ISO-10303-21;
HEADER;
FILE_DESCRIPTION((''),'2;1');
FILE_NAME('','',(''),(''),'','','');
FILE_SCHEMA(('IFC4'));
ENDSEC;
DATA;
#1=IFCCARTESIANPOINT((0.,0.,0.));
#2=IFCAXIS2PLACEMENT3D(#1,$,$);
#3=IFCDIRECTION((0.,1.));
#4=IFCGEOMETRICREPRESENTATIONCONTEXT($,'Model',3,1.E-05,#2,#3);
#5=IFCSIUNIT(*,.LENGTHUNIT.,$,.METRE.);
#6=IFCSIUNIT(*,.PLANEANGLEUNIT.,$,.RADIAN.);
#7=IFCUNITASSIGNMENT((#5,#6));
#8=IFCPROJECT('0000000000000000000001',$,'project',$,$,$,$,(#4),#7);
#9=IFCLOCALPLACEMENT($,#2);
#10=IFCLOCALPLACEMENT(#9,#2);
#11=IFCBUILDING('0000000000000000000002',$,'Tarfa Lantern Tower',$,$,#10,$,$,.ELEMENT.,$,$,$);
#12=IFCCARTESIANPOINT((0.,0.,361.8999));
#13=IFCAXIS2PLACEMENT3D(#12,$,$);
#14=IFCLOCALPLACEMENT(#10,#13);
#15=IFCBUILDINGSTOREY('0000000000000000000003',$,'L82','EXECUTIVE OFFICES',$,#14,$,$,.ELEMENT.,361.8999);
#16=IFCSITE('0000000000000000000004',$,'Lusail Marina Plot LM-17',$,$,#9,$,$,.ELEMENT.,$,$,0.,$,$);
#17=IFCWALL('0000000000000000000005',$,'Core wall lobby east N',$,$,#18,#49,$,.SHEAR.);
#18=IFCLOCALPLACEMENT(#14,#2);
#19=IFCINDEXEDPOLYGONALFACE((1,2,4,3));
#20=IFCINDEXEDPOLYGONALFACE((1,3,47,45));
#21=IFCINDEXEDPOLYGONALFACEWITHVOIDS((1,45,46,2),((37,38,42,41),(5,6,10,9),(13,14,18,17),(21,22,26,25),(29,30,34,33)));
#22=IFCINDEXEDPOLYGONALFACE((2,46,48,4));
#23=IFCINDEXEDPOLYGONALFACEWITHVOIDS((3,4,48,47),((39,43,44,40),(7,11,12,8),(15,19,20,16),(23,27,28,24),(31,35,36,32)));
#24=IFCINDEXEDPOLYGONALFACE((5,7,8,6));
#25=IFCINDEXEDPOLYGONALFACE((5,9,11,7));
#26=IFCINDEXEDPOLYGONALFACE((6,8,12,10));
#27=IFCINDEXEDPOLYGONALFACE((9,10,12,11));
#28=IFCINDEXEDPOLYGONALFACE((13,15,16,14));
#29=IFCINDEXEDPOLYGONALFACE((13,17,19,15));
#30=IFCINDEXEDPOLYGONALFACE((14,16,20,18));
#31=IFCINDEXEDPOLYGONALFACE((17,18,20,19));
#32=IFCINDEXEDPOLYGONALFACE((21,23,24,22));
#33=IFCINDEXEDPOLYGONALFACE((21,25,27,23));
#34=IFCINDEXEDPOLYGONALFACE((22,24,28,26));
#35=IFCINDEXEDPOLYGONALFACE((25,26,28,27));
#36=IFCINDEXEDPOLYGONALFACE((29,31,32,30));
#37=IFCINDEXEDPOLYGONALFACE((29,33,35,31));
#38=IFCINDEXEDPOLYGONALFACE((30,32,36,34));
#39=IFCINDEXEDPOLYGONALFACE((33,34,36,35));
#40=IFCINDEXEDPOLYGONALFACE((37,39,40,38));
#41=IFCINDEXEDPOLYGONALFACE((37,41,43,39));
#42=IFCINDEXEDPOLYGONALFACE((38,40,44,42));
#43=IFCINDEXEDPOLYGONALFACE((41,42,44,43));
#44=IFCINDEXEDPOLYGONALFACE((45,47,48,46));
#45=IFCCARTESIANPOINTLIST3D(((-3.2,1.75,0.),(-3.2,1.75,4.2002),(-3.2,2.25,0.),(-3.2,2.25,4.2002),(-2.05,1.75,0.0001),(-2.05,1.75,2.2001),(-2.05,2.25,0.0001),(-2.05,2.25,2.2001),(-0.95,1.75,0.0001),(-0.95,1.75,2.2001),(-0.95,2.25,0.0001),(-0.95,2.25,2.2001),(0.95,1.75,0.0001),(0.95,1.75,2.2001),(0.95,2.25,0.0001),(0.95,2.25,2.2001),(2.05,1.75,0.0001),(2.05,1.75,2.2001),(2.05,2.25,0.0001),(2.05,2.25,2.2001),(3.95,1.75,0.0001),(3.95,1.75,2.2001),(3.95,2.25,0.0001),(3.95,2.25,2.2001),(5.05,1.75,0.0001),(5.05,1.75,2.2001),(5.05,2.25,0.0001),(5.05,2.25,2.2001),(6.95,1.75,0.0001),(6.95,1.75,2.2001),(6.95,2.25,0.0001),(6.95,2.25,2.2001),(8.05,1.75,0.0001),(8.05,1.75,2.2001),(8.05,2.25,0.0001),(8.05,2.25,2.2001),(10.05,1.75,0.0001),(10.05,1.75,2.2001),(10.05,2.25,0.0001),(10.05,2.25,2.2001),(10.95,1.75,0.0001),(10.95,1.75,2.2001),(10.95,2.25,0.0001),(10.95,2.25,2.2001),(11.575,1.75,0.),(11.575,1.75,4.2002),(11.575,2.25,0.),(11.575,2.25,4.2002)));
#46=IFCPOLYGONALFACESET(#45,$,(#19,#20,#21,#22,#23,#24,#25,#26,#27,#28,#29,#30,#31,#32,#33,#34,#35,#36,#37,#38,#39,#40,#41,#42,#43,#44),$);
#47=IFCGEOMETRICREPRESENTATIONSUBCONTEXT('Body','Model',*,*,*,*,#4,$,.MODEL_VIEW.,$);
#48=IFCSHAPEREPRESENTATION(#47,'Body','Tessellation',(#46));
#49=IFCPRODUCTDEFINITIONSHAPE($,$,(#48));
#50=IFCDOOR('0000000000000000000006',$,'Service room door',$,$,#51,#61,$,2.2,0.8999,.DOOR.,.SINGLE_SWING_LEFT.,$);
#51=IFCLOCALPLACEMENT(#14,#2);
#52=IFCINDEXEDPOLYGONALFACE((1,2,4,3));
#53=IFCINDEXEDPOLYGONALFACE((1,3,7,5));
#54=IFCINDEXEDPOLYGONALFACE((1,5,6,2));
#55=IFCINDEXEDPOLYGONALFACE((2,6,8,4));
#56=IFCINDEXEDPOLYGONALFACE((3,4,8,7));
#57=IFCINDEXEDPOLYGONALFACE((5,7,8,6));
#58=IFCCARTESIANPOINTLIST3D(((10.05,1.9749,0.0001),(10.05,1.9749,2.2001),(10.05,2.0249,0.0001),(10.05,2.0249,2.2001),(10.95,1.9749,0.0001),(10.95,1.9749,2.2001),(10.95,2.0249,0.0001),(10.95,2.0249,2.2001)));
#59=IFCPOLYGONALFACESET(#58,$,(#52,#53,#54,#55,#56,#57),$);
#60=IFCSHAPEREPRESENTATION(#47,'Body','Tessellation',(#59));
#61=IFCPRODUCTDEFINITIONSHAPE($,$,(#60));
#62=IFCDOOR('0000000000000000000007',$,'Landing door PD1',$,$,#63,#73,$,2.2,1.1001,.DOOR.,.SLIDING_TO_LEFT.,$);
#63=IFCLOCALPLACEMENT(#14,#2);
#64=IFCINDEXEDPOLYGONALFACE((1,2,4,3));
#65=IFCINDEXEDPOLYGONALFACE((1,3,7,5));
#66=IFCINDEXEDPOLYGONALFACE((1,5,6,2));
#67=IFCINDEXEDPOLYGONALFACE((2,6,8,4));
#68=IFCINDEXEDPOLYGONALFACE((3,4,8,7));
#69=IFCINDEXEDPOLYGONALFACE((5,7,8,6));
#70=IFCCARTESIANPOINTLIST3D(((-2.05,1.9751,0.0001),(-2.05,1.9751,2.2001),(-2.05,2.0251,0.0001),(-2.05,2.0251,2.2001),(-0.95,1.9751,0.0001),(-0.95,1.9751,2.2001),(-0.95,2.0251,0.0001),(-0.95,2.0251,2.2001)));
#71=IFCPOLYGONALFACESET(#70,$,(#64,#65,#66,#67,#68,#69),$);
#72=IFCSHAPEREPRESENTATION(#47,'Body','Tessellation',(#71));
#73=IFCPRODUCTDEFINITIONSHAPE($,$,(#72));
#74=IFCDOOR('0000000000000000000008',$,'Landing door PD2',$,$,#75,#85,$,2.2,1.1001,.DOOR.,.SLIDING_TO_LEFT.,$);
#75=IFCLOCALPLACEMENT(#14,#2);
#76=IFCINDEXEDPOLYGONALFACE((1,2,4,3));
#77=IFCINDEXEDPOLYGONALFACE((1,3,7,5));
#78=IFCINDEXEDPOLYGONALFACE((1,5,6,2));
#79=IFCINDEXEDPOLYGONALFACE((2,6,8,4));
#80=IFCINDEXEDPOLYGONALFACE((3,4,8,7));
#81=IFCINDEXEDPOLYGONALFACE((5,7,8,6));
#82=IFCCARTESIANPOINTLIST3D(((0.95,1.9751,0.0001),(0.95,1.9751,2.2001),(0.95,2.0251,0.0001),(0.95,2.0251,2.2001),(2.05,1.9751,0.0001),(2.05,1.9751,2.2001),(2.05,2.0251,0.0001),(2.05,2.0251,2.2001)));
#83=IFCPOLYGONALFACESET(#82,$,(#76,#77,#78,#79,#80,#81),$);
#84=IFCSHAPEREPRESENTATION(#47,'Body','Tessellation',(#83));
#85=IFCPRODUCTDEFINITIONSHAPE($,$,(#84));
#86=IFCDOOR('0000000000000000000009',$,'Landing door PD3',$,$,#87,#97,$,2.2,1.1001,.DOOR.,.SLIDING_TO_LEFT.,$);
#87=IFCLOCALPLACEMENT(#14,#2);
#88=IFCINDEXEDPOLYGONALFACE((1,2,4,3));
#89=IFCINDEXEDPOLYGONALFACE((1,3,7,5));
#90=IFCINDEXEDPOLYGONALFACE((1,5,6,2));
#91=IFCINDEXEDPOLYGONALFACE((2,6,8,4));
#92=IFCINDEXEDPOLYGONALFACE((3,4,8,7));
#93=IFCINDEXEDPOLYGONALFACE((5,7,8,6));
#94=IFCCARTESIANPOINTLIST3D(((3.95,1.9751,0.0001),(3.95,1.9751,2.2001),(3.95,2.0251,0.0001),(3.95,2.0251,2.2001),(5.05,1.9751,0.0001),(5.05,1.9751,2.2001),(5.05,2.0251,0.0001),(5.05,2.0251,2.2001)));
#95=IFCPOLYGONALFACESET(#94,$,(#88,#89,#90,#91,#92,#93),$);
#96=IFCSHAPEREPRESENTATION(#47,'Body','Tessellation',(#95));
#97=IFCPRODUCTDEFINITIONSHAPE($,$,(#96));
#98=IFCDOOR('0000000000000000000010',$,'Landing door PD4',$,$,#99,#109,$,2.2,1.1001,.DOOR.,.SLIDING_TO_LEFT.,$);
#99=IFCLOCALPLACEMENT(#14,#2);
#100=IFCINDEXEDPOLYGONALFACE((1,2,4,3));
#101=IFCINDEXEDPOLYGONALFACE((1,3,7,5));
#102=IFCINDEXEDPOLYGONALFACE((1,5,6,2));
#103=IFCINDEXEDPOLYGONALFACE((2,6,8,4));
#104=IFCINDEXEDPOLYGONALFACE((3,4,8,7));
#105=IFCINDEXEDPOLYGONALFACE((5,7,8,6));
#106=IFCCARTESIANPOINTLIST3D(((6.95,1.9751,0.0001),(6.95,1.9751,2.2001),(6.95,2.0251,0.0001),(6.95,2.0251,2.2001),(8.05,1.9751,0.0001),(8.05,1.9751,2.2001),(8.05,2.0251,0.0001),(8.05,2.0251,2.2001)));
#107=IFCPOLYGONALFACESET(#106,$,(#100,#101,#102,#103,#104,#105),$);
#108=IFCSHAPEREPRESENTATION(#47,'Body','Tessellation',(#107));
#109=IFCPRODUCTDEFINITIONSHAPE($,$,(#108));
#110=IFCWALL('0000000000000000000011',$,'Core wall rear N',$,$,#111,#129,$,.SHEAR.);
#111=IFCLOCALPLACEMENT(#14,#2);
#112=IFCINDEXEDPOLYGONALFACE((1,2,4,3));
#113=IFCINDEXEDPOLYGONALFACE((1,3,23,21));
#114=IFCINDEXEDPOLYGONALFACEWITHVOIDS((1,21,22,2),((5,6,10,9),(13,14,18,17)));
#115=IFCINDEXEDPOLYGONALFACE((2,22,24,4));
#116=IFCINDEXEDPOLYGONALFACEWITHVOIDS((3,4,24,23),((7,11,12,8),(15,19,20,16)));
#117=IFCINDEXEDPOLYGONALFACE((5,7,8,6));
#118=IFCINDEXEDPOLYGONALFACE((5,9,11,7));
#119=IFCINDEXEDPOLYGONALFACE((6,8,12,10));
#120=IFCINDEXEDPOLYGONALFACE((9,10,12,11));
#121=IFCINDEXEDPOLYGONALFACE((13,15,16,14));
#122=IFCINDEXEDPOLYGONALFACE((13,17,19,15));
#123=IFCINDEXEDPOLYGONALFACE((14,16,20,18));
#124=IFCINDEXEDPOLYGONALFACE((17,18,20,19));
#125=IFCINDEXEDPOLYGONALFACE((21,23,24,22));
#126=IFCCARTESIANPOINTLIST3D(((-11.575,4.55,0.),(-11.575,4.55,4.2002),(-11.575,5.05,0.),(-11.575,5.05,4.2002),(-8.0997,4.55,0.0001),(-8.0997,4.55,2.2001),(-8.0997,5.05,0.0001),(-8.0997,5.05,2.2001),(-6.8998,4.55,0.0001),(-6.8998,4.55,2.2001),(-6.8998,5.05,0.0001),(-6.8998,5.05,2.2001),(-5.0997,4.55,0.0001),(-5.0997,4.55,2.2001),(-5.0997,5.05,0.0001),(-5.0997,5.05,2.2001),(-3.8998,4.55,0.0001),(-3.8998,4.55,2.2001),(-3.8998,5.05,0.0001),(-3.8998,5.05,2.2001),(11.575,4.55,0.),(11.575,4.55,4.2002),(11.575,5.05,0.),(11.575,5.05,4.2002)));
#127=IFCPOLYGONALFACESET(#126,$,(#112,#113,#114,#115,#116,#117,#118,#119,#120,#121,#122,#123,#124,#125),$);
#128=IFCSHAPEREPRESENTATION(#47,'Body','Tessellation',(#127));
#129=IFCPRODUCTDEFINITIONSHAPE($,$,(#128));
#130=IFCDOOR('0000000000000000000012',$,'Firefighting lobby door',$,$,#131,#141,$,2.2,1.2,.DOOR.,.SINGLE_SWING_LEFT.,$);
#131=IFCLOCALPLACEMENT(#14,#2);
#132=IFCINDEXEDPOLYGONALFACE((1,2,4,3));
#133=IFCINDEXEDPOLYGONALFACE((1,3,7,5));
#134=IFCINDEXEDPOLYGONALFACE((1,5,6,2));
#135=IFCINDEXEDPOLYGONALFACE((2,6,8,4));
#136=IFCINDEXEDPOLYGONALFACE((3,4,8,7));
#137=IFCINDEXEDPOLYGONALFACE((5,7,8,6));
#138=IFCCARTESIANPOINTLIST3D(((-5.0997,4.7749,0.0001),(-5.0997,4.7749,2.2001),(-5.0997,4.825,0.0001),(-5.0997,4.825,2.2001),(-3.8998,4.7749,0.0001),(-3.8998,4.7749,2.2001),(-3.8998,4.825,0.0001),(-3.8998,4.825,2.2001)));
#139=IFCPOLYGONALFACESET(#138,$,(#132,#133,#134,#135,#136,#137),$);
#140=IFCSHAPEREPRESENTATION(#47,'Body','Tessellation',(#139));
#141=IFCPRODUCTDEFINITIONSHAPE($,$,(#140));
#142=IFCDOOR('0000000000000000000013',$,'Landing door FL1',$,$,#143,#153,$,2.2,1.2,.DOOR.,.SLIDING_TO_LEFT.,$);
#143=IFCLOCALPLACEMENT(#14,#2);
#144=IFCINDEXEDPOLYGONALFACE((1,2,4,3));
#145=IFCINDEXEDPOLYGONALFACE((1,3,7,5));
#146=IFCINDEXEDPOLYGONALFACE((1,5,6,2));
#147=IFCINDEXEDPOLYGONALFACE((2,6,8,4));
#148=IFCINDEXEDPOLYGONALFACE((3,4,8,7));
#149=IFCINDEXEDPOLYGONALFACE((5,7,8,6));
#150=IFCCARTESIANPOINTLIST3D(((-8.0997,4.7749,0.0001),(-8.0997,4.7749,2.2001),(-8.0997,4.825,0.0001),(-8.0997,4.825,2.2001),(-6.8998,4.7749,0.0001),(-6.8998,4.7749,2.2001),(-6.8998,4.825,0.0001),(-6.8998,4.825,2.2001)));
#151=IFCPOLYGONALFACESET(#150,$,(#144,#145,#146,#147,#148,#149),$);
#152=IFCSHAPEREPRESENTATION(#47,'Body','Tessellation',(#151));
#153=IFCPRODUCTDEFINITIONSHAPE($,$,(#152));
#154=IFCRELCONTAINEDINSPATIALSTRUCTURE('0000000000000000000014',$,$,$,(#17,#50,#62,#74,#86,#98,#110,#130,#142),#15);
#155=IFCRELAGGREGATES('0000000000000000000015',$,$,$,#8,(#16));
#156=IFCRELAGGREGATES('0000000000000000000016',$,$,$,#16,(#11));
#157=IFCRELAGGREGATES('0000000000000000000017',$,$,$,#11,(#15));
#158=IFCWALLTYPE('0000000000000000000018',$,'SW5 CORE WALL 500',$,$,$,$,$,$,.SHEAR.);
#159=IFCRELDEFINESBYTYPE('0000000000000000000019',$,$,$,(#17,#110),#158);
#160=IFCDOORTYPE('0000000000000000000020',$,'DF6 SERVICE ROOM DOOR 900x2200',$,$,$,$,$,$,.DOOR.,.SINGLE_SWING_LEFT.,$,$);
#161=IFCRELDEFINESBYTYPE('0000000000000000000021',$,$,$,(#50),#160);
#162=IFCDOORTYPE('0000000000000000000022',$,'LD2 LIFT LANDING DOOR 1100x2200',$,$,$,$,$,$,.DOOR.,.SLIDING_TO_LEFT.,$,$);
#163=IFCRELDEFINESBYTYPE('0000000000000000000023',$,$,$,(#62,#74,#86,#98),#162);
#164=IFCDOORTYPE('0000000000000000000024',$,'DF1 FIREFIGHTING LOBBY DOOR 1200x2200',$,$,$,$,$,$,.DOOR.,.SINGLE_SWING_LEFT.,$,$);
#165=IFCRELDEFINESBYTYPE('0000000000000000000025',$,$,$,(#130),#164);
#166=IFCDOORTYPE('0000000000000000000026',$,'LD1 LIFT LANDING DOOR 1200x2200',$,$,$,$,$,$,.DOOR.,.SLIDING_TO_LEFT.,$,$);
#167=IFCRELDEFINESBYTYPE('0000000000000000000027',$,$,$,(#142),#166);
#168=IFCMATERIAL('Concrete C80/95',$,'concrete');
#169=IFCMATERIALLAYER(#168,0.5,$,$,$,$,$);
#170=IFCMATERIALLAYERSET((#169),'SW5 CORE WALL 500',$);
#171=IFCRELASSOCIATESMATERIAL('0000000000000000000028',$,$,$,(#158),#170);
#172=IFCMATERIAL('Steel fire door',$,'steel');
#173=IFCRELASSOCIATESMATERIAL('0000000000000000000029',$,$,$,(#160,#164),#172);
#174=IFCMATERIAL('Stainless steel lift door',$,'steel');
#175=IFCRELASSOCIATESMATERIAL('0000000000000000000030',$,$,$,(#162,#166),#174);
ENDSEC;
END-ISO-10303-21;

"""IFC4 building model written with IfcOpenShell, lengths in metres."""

from ifc_helpers import new_model, si_unit, direction, frame, frame_2d, origin, place, context, subcontext, project, spatial, rectangle, extrude, material, layer, layer_set, type_object, element, fill, save


model = new_model("IFC4")

# Units and contexts
model_context = context("Model", 3, precision=1e-05, world=origin(), true_north=direction((0.0, 1.0)))
body_context = subcontext(model_context, "Body", "Model", "MODEL_VIEW")
ifc_project = project(units=[si_unit("LENGTHUNIT", "METRE"), si_unit("PLANEANGLEUNIT", "RADIAN")], contexts=[model_context])

# Site, building, storey
site_placement = place(None, origin())
site = spatial("IfcSite", under=ifc_project, at=site_placement, Name="Lusail Marina Plot LM-17", CompositionType="ELEMENT", RefElevation=0.0)
building_placement = place(site_placement, origin())
building = spatial("IfcBuilding", under=site, at=building_placement, Name="Tarfa Lantern Tower", CompositionType="ELEMENT")
storey_placement = place(building_placement, frame((0.0, 0.0, 361.8999)))
storey = spatial("IfcBuildingStorey", under=building, at=storey_placement, Name="L82", Description="EXECUTIVE OFFICES", CompositionType="ELEMENT", Elevation=361.8999)

# Shared definitions
ifc_material_1 = material(Name="Concrete C80/95", Category="concrete")

# Shared definitions
ifc_material_2 = material(Name="Steel fire door", Category="steel")
ifc_layer_1 = layer(ifc_material_1, 0.5)
ifc_layer_set_1 = layer_set([ifc_layer_1], Name="SW5 CORE WALL 500")
wall_type_1 = type_object("IfcWallType", Name="SW5 CORE WALL 500", PredefinedType="SHEAR", material=ifc_layer_set_1)
door_type_1 = type_object("IfcDoorType", Name="DF6 SERVICE ROOM DOOR 900x2200", OperationType="SINGLE_SWING_LEFT", PredefinedType="DOOR", material=ifc_material_2)

# Walls, openings, doors
wall_1_placement = place(storey_placement, frame((-3.2, 2.0, 0.0), z_axis=(0.0, 0.0, 1.0), x_axis=(1.0, 0.0, 0.0)))
wall_1 = element("IfcWall", 1, at=wall_1_placement, inside=storey, type_object=wall_type_1, Name="Core wall lobby east N", PredefinedType="SHEAR", context=body_context, shape_type="SweptSolid", body=[
    extrude(rectangle(XDim=14.7749, YDim=0.5, at=frame_2d((7.3875, 0.0))), origin(), (0.0, 0.0, 1.0), 4.2002),
])
opening_1_placement = place(wall_1_placement, frame((13.25, 0.0, 0.0)))
opening_1 = element("IfcOpeningElement", 2, at=opening_1_placement, cuts=wall_1, PredefinedType="OPENING", context=body_context, shape_type="SweptSolid", body=[
    extrude(rectangle(XDim=0.8999, YDim=2.2, at=frame_2d((0.45, 1.1001))), frame((0.0, 0.26, 0.0), z_axis=(0.0, -1.0, 0.0), x_axis=(1.0, 0.0, 0.0)), (0.0, 0.0, 1.0), 0.52),
])
opening_2_placement = place(wall_1_placement, frame((1.1499, 0.0, 0.0)))
opening_2 = element("IfcOpeningElement", 3, at=opening_2_placement, cuts=wall_1, PredefinedType="OPENING", context=body_context, shape_type="SweptSolid", body=[
    extrude(rectangle(XDim=1.1001, YDim=2.2, at=frame_2d((0.55, 1.1001))), frame((0.0, 0.26, 0.0), z_axis=(0.0, -1.0, 0.0), x_axis=(1.0, 0.0, 0.0)), (0.0, 0.0, 1.0), 0.52),
])
opening_3_placement = place(wall_1_placement, frame((4.1499, 0.0, 0.0)))
opening_3 = element("IfcOpeningElement", 4, at=opening_3_placement, cuts=wall_1, PredefinedType="OPENING", context=body_context, shape_type="SweptSolid", body=[
    extrude(rectangle(XDim=1.1001, YDim=2.2, at=frame_2d((0.55, 1.1001))), frame((0.0, 0.26, 0.0), z_axis=(0.0, -1.0, 0.0), x_axis=(1.0, 0.0, 0.0)), (0.0, 0.0, 1.0), 0.52),
])
opening_4_placement = place(wall_1_placement, frame((7.1499, 0.0, 0.0)))
opening_4 = element("IfcOpeningElement", 5, at=opening_4_placement, cuts=wall_1, PredefinedType="OPENING", context=body_context, shape_type="SweptSolid", body=[
    extrude(rectangle(XDim=1.1001, YDim=2.2, at=frame_2d((0.55, 1.1001))), frame((0.0, 0.26, 0.0), z_axis=(0.0, -1.0, 0.0), x_axis=(1.0, 0.0, 0.0)), (0.0, 0.0, 1.0), 0.52),
])
opening_5_placement = place(wall_1_placement, frame((10.1499, 0.0, 0.0)))
opening_5 = element("IfcOpeningElement", 6, at=opening_5_placement, cuts=wall_1, PredefinedType="OPENING", context=body_context, shape_type="SweptSolid", body=[
    extrude(rectangle(XDim=1.1001, YDim=2.2, at=frame_2d((0.55, 1.1001))), frame((0.0, 0.26, 0.0), z_axis=(0.0, -1.0, 0.0), x_axis=(1.0, 0.0, 0.0)), (0.0, 0.0, 1.0), 0.52),
])
door_1_placement = place(opening_1_placement, origin())
door_1 = element("IfcDoor", 7, at=door_1_placement, inside=storey, type_object=door_type_1, Name="Service room door", OperationType="SINGLE_SWING_LEFT", OverallHeight=2.2, OverallWidth=0.8999, PredefinedType="DOOR", context=body_context, shape_type="SweptSolid", body=[
    extrude(rectangle(XDim=0.8999, YDim=2.2, at=frame_2d((0.45, 1.1001))), frame((0.0, 0.0249, 0.0), z_axis=(0.0, -1.0, 0.0), x_axis=(1.0, 0.0, 0.0)), (0.0, 0.0, 1.0), 0.05),
])
fill(opening_1, door_1)
ifc_material_3 = material(Name="Stainless steel lift door", Category="steel")
door_type_2 = type_object("IfcDoorType", Name="LD2 LIFT LANDING DOOR 1100x2200", OperationType="SLIDING_TO_LEFT", PredefinedType="DOOR", material=ifc_material_3)
door_2_placement = place(opening_2_placement, frame((1.1001, 0.0, 0.0), z_axis=(0.0, 0.0, 1.0), x_axis=(-1.0, 0.0, 0.0)))
door_2 = element("IfcDoor", 8, at=door_2_placement, inside=storey, type_object=door_type_2, Name="Landing door PD1", OperationType="SLIDING_TO_LEFT", OverallHeight=2.2, OverallWidth=1.1001, PredefinedType="DOOR", context=body_context, shape_type="SweptSolid", body=[
    extrude(rectangle(XDim=1.1001, YDim=2.2, at=frame_2d((0.55, 1.1001))), frame((0.0, 0.0249, 0.0), z_axis=(0.0, -1.0, 0.0), x_axis=(1.0, 0.0, 0.0)), (0.0, 0.0, 1.0), 0.05),
])
fill(opening_2, door_2)
door_3_placement = place(opening_3_placement, frame((1.1001, 0.0, 0.0), z_axis=(0.0, 0.0, 1.0), x_axis=(-1.0, 0.0, 0.0)))
door_3 = element("IfcDoor", 9, at=door_3_placement, inside=storey, type_object=door_type_2, Name="Landing door PD2", OperationType="SLIDING_TO_LEFT", OverallHeight=2.2, OverallWidth=1.1001, PredefinedType="DOOR", context=body_context, shape_type="SweptSolid", body=[
    extrude(rectangle(XDim=1.1001, YDim=2.2, at=frame_2d((0.55, 1.1001))), frame((0.0, 0.0249, 0.0), z_axis=(0.0, -1.0, 0.0), x_axis=(1.0, 0.0, 0.0)), (0.0, 0.0, 1.0), 0.05),
])
fill(opening_3, door_3)
door_4_placement = place(opening_4_placement, frame((1.1001, 0.0, 0.0), z_axis=(0.0, 0.0, 1.0), x_axis=(-1.0, 0.0, 0.0)))
door_4 = element("IfcDoor", 10, at=door_4_placement, inside=storey, type_object=door_type_2, Name="Landing door PD3", OperationType="SLIDING_TO_LEFT", OverallHeight=2.2, OverallWidth=1.1001, PredefinedType="DOOR", context=body_context, shape_type="SweptSolid", body=[
    extrude(rectangle(XDim=1.1001, YDim=2.2, at=frame_2d((0.55, 1.1001))), frame((0.0, 0.0249, 0.0), z_axis=(0.0, -1.0, 0.0), x_axis=(1.0, 0.0, 0.0)), (0.0, 0.0, 1.0), 0.05),
])
fill(opening_4, door_4)
door_5_placement = place(opening_5_placement, frame((1.1001, 0.0, 0.0), z_axis=(0.0, 0.0, 1.0), x_axis=(-1.0, 0.0, 0.0)))
door_5 = element("IfcDoor", 11, at=door_5_placement, inside=storey, type_object=door_type_2, Name="Landing door PD4", OperationType="SLIDING_TO_LEFT", OverallHeight=2.2, OverallWidth=1.1001, PredefinedType="DOOR", context=body_context, shape_type="SweptSolid", body=[
    extrude(rectangle(XDim=1.1001, YDim=2.2, at=frame_2d((0.55, 1.1001))), frame((0.0, 0.0249, 0.0), z_axis=(0.0, -1.0, 0.0), x_axis=(1.0, 0.0, 0.0)), (0.0, 0.0, 1.0), 0.05),
])
fill(opening_5, door_5)
wall_2_placement = place(storey_placement, frame((-11.575, 4.8, 0.0), z_axis=(0.0, 0.0, 1.0), x_axis=(1.0, 0.0, 0.0)))
wall_2 = element("IfcWall", 12, at=wall_2_placement, inside=storey, type_object=wall_type_1, Name="Core wall rear N", PredefinedType="SHEAR", context=body_context, shape_type="SweptSolid", body=[
    extrude(rectangle(XDim=23.1499, YDim=0.5, at=frame_2d((11.575, 0.0))), origin(), (0.0, 0.0, 1.0), 4.2002),
])
opening_6_placement = place(wall_2_placement, frame((6.4751, 0.0, 0.0)))
opening_6 = element("IfcOpeningElement", 13, at=opening_6_placement, cuts=wall_2, PredefinedType="OPENING", context=body_context, shape_type="SweptSolid", body=[
    extrude(rectangle(XDim=1.2, YDim=2.2, at=frame_2d((0.6001, 1.1001))), frame((0.0, 0.26, 0.0), z_axis=(0.0, -1.0, 0.0), x_axis=(1.0, 0.0, 0.0)), (0.0, 0.0, 1.0), 0.52),
])
opening_7_placement = place(wall_2_placement, frame((3.4751, 0.0, 0.0)))
opening_7 = element("IfcOpeningElement", 14, at=opening_7_placement, cuts=wall_2, PredefinedType="OPENING", context=body_context, shape_type="SweptSolid", body=[
    extrude(rectangle(XDim=1.2, YDim=2.2, at=frame_2d((0.6001, 1.1001))), frame((0.0, 0.26, 0.0), z_axis=(0.0, -1.0, 0.0), x_axis=(1.0, 0.0, 0.0)), (0.0, 0.0, 1.0), 0.52),
])
door_type_3 = type_object("IfcDoorType", Name="DF1 FIREFIGHTING LOBBY DOOR 1200x2200", OperationType="SINGLE_SWING_LEFT", PredefinedType="DOOR", material=ifc_material_2)
door_6_placement = place(opening_6_placement, origin())
door_6 = element("IfcDoor", 15, at=door_6_placement, inside=storey, type_object=door_type_3, Name="Firefighting lobby door", OperationType="SINGLE_SWING_LEFT", OverallHeight=2.2, OverallWidth=1.2, PredefinedType="DOOR", context=body_context, shape_type="SweptSolid", body=[
    extrude(rectangle(XDim=1.2, YDim=2.2, at=frame_2d((0.6001, 1.1001))), frame((0.0, 0.0249, 0.0), z_axis=(0.0, -1.0, 0.0), x_axis=(1.0, 0.0, 0.0)), (0.0, 0.0, 1.0), 0.05),
])
fill(opening_6, door_6)
door_type_4 = type_object("IfcDoorType", Name="LD1 LIFT LANDING DOOR 1200x2200", OperationType="SLIDING_TO_LEFT", PredefinedType="DOOR", material=ifc_material_3)
door_7_placement = place(opening_7_placement, origin())
door_7 = element("IfcDoor", 16, at=door_7_placement, inside=storey, type_object=door_type_4, Name="Landing door FL1", OperationType="SLIDING_TO_LEFT", OverallHeight=2.2, OverallWidth=1.2, PredefinedType="DOOR", context=body_context, shape_type="SweptSolid", body=[
    extrude(rectangle(XDim=1.2, YDim=2.2, at=frame_2d((0.6001, 1.1001))), frame((0.0, 0.0249, 0.0), z_axis=(0.0, -1.0, 0.0), x_axis=(1.0, 0.0, 0.0)), (0.0, 0.0, 1.0), 0.05),
])
fill(opening_7, door_7)

save(model, "model.ifc")
